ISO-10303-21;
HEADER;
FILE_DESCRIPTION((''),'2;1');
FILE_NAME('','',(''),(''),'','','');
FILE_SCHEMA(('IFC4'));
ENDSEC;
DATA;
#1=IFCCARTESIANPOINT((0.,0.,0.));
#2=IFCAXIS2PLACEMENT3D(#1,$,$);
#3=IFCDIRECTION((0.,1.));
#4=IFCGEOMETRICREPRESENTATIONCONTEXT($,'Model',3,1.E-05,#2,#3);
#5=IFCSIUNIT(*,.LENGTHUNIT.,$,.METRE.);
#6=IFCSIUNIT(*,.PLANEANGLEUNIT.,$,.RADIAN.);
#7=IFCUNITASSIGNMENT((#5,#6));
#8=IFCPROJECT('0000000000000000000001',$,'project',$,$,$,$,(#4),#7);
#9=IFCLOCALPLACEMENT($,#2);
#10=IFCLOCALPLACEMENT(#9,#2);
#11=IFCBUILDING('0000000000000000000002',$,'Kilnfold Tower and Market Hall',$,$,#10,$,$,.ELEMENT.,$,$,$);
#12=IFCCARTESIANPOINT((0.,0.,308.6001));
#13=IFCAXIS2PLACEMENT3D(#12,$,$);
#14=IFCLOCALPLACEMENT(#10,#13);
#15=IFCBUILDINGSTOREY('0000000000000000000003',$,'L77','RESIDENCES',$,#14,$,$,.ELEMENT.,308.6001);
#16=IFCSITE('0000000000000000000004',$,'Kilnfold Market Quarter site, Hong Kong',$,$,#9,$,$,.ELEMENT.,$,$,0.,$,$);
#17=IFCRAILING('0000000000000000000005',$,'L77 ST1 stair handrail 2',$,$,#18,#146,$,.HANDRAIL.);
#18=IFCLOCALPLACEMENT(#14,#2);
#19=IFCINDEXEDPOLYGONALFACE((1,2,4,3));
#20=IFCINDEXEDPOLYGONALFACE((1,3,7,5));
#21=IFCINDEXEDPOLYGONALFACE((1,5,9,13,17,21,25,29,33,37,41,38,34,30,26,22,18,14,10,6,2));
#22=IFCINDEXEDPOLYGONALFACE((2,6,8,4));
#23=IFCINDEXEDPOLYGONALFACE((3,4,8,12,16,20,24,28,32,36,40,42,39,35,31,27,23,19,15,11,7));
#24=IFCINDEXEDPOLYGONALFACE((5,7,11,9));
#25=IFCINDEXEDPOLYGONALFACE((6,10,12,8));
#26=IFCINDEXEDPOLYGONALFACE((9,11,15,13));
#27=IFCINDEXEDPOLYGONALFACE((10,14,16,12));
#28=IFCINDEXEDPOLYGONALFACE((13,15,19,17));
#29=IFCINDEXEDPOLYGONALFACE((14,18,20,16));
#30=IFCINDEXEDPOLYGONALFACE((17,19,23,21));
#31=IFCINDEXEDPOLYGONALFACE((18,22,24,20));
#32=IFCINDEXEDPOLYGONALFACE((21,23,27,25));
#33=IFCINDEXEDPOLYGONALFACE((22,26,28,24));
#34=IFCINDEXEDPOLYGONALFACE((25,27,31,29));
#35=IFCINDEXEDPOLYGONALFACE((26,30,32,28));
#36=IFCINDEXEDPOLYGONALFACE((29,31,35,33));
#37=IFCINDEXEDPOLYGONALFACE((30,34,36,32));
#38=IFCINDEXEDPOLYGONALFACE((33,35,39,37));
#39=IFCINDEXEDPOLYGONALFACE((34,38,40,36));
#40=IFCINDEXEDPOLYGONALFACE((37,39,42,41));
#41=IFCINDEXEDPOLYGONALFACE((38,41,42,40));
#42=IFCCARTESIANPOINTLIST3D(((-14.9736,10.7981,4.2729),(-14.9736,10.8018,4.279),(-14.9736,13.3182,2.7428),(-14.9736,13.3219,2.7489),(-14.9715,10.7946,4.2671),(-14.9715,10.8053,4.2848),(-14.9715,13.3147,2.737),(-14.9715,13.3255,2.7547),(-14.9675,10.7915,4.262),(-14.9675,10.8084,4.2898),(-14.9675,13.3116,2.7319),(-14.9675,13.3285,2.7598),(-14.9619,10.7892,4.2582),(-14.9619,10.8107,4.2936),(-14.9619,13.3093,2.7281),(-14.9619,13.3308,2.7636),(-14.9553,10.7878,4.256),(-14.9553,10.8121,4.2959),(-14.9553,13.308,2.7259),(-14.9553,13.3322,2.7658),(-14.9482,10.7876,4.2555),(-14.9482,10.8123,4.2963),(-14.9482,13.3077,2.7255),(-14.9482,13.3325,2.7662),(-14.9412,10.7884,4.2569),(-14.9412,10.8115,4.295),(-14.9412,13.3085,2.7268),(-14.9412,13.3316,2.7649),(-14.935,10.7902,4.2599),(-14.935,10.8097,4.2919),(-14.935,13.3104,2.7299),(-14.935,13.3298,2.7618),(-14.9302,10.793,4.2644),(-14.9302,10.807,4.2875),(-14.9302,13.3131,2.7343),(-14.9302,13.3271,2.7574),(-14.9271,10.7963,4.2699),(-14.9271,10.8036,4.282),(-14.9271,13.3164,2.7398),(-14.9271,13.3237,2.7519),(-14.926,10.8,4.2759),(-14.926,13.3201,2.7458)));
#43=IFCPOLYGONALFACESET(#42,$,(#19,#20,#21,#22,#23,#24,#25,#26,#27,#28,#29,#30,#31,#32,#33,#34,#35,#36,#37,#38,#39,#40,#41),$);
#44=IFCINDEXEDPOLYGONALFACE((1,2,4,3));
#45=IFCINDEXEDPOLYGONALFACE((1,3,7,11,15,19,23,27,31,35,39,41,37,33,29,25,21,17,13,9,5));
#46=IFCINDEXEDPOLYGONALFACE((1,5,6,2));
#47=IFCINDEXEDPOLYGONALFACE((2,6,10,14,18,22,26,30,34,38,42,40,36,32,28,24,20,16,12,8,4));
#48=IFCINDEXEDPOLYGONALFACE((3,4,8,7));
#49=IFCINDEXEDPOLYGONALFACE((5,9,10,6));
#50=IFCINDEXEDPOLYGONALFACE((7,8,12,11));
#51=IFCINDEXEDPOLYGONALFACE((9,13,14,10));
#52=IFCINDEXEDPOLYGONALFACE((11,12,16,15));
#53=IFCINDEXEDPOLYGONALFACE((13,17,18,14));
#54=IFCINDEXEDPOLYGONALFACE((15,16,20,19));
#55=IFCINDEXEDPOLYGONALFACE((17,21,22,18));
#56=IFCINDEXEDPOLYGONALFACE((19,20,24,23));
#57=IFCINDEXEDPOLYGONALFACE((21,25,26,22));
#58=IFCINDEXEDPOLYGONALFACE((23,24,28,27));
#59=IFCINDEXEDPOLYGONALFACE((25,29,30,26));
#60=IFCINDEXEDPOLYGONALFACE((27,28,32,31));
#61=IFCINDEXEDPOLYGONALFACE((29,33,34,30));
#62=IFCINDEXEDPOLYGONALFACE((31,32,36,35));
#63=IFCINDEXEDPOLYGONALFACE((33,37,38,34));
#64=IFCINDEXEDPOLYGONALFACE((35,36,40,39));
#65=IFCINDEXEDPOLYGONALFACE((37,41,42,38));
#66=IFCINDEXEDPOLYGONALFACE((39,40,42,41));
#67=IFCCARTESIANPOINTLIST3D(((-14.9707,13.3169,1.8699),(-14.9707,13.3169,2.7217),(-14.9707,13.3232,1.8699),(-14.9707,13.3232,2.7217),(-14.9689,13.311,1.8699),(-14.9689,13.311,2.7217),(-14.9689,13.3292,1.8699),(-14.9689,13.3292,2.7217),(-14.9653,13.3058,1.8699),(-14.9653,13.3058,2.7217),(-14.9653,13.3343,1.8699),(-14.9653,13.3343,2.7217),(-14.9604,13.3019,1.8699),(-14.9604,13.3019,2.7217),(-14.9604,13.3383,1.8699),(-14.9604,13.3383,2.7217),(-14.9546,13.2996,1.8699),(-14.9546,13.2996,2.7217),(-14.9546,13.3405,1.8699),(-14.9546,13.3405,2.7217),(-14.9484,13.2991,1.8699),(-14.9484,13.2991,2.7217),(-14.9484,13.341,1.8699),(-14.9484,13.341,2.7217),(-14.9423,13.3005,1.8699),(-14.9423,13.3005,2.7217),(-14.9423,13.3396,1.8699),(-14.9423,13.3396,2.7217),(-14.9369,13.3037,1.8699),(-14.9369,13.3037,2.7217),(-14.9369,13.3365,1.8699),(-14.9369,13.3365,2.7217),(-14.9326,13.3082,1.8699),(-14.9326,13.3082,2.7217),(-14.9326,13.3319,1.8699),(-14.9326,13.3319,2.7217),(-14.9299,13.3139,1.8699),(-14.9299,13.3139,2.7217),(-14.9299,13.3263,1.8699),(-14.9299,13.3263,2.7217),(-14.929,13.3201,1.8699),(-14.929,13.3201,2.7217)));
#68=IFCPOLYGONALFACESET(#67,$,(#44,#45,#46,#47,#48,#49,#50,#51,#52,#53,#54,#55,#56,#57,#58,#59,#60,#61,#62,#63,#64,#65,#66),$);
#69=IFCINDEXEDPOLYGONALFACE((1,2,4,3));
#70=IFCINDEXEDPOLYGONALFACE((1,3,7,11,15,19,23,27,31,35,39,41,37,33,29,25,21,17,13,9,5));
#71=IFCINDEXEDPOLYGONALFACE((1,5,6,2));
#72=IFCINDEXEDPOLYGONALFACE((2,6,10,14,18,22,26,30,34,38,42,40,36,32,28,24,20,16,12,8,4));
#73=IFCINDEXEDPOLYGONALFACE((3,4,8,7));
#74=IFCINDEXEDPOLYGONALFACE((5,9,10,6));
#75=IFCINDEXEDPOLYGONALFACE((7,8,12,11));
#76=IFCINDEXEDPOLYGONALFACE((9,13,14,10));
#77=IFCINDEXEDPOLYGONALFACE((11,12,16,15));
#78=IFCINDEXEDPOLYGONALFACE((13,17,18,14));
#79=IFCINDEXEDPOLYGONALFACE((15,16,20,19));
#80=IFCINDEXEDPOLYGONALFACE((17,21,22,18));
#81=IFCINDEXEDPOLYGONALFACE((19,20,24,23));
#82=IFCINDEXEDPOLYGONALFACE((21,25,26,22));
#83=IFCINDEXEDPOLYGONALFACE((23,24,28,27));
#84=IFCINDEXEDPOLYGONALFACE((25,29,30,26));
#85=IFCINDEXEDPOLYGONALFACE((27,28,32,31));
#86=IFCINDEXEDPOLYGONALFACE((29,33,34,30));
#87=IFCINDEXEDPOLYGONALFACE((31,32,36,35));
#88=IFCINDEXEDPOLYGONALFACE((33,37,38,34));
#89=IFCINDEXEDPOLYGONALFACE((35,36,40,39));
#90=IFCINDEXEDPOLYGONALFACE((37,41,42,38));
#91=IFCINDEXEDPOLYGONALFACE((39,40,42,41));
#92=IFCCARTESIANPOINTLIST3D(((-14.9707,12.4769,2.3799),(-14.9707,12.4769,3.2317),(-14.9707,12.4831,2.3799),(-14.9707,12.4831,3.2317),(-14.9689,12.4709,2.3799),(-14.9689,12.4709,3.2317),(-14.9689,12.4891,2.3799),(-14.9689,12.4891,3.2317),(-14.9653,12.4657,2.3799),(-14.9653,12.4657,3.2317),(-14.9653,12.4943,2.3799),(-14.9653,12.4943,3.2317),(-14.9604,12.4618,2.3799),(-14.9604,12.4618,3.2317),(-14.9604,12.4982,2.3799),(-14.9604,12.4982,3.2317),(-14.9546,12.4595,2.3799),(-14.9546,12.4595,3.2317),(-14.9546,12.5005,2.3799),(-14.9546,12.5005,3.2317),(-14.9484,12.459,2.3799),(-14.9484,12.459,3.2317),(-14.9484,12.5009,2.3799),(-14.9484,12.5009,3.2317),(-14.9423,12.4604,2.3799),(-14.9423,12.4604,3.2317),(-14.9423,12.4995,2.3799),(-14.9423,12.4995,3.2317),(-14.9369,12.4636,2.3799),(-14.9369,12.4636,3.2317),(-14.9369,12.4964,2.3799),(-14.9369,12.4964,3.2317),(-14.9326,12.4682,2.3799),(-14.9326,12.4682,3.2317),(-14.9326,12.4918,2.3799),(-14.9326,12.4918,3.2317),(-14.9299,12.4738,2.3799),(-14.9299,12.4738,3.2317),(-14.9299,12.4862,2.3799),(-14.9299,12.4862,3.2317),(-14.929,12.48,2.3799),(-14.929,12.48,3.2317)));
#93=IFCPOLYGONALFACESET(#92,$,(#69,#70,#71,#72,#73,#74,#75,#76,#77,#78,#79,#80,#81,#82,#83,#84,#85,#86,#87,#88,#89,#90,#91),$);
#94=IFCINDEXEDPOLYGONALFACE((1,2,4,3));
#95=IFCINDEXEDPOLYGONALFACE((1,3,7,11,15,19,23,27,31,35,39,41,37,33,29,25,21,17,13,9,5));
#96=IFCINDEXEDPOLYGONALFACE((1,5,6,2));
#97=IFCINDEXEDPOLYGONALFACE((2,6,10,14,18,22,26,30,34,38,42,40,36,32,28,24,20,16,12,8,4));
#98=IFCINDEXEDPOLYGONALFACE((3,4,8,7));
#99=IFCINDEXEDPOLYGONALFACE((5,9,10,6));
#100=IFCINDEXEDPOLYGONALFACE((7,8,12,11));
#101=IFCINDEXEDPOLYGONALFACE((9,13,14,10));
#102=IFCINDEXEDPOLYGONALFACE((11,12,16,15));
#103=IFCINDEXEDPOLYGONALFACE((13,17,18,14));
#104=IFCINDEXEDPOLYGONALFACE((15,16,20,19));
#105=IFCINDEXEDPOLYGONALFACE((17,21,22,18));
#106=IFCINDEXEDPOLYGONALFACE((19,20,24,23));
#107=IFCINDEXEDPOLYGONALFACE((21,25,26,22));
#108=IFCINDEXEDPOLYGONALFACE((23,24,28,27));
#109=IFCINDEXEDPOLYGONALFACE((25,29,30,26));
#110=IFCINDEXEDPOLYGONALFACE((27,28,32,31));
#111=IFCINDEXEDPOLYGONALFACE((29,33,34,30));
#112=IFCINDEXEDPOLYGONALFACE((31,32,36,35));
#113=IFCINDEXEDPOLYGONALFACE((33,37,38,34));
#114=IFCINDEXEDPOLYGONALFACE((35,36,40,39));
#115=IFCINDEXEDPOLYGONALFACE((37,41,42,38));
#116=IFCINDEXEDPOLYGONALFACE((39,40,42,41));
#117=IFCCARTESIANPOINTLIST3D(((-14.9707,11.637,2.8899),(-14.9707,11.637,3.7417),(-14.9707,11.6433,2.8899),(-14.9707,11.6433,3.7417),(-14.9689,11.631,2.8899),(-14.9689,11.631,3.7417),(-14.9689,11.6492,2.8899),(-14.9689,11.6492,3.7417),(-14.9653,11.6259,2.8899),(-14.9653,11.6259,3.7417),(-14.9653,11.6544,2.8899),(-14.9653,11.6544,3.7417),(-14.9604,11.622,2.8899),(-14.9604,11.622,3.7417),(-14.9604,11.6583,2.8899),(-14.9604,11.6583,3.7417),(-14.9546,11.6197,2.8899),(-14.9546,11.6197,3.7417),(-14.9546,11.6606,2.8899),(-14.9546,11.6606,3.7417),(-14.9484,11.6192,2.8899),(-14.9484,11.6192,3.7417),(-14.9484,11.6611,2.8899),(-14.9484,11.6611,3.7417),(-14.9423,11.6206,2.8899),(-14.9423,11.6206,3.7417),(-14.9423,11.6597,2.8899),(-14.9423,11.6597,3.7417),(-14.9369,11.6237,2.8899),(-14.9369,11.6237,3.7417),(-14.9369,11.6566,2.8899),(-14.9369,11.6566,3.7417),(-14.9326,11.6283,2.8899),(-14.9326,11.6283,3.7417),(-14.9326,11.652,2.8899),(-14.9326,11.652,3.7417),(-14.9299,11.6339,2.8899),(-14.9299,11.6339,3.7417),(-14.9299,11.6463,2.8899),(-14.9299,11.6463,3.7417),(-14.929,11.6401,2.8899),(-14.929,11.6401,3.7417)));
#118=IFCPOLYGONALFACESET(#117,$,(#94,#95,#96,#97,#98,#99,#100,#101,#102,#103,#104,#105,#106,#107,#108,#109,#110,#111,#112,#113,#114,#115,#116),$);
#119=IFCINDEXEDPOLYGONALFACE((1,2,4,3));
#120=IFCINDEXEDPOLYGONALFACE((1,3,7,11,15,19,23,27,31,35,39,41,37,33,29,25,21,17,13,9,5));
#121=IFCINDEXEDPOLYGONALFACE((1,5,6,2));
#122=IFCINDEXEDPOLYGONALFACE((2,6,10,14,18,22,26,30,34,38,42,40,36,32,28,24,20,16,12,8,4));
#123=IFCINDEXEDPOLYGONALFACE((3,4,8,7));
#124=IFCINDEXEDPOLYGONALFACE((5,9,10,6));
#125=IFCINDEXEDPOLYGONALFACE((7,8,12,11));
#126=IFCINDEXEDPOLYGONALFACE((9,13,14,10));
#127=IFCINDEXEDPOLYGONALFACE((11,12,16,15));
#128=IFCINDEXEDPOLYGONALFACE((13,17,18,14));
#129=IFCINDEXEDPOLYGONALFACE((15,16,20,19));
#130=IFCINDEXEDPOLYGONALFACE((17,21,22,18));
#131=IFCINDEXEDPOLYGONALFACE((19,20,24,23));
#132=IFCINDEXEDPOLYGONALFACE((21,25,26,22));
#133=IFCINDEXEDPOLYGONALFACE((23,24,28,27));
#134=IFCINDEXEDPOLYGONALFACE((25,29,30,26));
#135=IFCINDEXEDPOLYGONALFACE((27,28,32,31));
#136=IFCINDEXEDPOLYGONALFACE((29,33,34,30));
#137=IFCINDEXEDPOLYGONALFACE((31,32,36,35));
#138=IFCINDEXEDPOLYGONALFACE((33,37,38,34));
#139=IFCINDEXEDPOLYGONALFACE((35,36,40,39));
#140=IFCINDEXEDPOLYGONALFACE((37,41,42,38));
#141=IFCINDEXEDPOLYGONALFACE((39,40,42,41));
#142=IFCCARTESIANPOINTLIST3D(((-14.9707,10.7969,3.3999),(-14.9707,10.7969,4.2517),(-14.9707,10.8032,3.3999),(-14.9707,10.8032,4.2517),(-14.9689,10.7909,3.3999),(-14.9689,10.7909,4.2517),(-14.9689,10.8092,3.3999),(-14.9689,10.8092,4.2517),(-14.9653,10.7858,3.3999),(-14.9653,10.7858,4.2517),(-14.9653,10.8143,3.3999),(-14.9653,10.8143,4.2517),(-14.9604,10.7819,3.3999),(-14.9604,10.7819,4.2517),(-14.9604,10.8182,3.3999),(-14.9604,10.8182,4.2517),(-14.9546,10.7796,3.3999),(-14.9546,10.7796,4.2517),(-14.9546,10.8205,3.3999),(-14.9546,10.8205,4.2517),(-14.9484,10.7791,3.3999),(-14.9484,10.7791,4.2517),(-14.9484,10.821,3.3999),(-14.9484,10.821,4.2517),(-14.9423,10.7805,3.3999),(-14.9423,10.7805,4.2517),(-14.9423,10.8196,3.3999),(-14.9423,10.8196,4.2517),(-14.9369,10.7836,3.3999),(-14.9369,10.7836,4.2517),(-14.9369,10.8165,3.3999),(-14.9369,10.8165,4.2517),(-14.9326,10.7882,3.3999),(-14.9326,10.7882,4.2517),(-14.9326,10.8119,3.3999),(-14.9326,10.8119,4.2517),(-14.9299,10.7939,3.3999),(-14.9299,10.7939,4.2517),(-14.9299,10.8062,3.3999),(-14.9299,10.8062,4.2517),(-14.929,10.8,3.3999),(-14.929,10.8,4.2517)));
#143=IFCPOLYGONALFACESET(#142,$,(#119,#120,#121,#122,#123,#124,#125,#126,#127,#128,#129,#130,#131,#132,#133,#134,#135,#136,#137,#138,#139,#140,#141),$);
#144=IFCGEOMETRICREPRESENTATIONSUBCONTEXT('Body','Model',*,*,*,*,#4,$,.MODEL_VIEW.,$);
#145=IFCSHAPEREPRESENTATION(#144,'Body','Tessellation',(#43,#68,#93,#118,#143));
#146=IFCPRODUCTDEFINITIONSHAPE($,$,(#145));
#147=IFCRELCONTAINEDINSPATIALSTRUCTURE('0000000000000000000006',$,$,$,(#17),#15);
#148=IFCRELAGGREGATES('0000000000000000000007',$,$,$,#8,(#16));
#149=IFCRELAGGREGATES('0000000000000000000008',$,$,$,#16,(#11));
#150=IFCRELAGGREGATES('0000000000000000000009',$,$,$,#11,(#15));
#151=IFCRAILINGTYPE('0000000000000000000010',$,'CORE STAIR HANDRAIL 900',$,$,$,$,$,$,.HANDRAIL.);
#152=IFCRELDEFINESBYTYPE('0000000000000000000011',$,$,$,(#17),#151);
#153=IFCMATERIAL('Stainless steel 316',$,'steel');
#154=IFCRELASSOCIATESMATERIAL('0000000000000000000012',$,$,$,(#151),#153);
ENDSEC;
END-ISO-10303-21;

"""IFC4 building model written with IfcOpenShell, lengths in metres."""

from ifc_helpers import new_model, si_unit, direction, frame, origin, origin_2d, place, context, subcontext, project, spatial, circle, extrude, material, type_object, element, save


model = new_model("IFC4")

# Units and contexts
model_context = context("Model", 3, precision=1e-05, world=origin(), true_north=direction((0.0, 1.0)))
body_context = subcontext(model_context, "Body", "Model", "MODEL_VIEW")
ifc_project = project(units=[si_unit("LENGTHUNIT", "METRE"), si_unit("PLANEANGLEUNIT", "RADIAN")], contexts=[model_context])

# Site, building, storey
site_placement = place(None, origin())
site = spatial("IfcSite", under=ifc_project, at=site_placement, Name="Kilnfold Market Quarter site, Hong Kong", CompositionType="ELEMENT", RefElevation=0.0)
building_placement = place(site_placement, origin())
building = spatial("IfcBuilding", under=site, at=building_placement, Name="Kilnfold Tower and Market Hall", CompositionType="ELEMENT")
storey_placement = place(building_placement, frame((0.0, 0.0, 308.6001)))
storey = spatial("IfcBuildingStorey", under=building, at=storey_placement, Name="L77", Description="RESIDENCES", CompositionType="ELEMENT", Elevation=308.6001)

# Railing
ifc_material_1 = material(Name="Stainless steel 316", Category="steel")
railing_type_1 = type_object("IfcRailingType", Name="CORE STAIR HANDRAIL 900", PredefinedType="HANDRAIL", material=ifc_material_1)
railing_1_placement = place(storey_placement, frame((-14.95, 13.3201, 1.8699)))
element("IfcRailing", 1, at=railing_1_placement, inside=storey, type_object=railing_type_1, Name="L77 ST1 stair handrail 2", PredefinedType="HANDRAIL", context=body_context, shape_type="SweptSolid", body=[
    extrude(circle(Radius=0.0239, at=origin_2d()), frame((0.0, 0.0, 0.876), z_axis=(0.0, -0.854785, 0.518982), x_axis=(1.0, 0.0, 0.0)), (0.0, 0.0, 1.0), 2.9482),
    extrude(circle(Radius=0.021, at=origin_2d()), origin(), (0.0, 0.0, 1.0), 0.8518),
    extrude(circle(Radius=0.021, at=origin_2d()), frame((0.0, -0.8401, 0.51)), (0.0, 0.0, 1.0), 0.8518),
    extrude(circle(Radius=0.021, at=origin_2d()), frame((0.0, -1.6799, 1.02)), (0.0, 0.0, 1.0), 0.8518),
    extrude(circle(Radius=0.021, at=origin_2d()), frame((0.0, -2.52, 1.53)), (0.0, 0.0, 1.0), 0.8518),
])

save(model, "model.ifc")
